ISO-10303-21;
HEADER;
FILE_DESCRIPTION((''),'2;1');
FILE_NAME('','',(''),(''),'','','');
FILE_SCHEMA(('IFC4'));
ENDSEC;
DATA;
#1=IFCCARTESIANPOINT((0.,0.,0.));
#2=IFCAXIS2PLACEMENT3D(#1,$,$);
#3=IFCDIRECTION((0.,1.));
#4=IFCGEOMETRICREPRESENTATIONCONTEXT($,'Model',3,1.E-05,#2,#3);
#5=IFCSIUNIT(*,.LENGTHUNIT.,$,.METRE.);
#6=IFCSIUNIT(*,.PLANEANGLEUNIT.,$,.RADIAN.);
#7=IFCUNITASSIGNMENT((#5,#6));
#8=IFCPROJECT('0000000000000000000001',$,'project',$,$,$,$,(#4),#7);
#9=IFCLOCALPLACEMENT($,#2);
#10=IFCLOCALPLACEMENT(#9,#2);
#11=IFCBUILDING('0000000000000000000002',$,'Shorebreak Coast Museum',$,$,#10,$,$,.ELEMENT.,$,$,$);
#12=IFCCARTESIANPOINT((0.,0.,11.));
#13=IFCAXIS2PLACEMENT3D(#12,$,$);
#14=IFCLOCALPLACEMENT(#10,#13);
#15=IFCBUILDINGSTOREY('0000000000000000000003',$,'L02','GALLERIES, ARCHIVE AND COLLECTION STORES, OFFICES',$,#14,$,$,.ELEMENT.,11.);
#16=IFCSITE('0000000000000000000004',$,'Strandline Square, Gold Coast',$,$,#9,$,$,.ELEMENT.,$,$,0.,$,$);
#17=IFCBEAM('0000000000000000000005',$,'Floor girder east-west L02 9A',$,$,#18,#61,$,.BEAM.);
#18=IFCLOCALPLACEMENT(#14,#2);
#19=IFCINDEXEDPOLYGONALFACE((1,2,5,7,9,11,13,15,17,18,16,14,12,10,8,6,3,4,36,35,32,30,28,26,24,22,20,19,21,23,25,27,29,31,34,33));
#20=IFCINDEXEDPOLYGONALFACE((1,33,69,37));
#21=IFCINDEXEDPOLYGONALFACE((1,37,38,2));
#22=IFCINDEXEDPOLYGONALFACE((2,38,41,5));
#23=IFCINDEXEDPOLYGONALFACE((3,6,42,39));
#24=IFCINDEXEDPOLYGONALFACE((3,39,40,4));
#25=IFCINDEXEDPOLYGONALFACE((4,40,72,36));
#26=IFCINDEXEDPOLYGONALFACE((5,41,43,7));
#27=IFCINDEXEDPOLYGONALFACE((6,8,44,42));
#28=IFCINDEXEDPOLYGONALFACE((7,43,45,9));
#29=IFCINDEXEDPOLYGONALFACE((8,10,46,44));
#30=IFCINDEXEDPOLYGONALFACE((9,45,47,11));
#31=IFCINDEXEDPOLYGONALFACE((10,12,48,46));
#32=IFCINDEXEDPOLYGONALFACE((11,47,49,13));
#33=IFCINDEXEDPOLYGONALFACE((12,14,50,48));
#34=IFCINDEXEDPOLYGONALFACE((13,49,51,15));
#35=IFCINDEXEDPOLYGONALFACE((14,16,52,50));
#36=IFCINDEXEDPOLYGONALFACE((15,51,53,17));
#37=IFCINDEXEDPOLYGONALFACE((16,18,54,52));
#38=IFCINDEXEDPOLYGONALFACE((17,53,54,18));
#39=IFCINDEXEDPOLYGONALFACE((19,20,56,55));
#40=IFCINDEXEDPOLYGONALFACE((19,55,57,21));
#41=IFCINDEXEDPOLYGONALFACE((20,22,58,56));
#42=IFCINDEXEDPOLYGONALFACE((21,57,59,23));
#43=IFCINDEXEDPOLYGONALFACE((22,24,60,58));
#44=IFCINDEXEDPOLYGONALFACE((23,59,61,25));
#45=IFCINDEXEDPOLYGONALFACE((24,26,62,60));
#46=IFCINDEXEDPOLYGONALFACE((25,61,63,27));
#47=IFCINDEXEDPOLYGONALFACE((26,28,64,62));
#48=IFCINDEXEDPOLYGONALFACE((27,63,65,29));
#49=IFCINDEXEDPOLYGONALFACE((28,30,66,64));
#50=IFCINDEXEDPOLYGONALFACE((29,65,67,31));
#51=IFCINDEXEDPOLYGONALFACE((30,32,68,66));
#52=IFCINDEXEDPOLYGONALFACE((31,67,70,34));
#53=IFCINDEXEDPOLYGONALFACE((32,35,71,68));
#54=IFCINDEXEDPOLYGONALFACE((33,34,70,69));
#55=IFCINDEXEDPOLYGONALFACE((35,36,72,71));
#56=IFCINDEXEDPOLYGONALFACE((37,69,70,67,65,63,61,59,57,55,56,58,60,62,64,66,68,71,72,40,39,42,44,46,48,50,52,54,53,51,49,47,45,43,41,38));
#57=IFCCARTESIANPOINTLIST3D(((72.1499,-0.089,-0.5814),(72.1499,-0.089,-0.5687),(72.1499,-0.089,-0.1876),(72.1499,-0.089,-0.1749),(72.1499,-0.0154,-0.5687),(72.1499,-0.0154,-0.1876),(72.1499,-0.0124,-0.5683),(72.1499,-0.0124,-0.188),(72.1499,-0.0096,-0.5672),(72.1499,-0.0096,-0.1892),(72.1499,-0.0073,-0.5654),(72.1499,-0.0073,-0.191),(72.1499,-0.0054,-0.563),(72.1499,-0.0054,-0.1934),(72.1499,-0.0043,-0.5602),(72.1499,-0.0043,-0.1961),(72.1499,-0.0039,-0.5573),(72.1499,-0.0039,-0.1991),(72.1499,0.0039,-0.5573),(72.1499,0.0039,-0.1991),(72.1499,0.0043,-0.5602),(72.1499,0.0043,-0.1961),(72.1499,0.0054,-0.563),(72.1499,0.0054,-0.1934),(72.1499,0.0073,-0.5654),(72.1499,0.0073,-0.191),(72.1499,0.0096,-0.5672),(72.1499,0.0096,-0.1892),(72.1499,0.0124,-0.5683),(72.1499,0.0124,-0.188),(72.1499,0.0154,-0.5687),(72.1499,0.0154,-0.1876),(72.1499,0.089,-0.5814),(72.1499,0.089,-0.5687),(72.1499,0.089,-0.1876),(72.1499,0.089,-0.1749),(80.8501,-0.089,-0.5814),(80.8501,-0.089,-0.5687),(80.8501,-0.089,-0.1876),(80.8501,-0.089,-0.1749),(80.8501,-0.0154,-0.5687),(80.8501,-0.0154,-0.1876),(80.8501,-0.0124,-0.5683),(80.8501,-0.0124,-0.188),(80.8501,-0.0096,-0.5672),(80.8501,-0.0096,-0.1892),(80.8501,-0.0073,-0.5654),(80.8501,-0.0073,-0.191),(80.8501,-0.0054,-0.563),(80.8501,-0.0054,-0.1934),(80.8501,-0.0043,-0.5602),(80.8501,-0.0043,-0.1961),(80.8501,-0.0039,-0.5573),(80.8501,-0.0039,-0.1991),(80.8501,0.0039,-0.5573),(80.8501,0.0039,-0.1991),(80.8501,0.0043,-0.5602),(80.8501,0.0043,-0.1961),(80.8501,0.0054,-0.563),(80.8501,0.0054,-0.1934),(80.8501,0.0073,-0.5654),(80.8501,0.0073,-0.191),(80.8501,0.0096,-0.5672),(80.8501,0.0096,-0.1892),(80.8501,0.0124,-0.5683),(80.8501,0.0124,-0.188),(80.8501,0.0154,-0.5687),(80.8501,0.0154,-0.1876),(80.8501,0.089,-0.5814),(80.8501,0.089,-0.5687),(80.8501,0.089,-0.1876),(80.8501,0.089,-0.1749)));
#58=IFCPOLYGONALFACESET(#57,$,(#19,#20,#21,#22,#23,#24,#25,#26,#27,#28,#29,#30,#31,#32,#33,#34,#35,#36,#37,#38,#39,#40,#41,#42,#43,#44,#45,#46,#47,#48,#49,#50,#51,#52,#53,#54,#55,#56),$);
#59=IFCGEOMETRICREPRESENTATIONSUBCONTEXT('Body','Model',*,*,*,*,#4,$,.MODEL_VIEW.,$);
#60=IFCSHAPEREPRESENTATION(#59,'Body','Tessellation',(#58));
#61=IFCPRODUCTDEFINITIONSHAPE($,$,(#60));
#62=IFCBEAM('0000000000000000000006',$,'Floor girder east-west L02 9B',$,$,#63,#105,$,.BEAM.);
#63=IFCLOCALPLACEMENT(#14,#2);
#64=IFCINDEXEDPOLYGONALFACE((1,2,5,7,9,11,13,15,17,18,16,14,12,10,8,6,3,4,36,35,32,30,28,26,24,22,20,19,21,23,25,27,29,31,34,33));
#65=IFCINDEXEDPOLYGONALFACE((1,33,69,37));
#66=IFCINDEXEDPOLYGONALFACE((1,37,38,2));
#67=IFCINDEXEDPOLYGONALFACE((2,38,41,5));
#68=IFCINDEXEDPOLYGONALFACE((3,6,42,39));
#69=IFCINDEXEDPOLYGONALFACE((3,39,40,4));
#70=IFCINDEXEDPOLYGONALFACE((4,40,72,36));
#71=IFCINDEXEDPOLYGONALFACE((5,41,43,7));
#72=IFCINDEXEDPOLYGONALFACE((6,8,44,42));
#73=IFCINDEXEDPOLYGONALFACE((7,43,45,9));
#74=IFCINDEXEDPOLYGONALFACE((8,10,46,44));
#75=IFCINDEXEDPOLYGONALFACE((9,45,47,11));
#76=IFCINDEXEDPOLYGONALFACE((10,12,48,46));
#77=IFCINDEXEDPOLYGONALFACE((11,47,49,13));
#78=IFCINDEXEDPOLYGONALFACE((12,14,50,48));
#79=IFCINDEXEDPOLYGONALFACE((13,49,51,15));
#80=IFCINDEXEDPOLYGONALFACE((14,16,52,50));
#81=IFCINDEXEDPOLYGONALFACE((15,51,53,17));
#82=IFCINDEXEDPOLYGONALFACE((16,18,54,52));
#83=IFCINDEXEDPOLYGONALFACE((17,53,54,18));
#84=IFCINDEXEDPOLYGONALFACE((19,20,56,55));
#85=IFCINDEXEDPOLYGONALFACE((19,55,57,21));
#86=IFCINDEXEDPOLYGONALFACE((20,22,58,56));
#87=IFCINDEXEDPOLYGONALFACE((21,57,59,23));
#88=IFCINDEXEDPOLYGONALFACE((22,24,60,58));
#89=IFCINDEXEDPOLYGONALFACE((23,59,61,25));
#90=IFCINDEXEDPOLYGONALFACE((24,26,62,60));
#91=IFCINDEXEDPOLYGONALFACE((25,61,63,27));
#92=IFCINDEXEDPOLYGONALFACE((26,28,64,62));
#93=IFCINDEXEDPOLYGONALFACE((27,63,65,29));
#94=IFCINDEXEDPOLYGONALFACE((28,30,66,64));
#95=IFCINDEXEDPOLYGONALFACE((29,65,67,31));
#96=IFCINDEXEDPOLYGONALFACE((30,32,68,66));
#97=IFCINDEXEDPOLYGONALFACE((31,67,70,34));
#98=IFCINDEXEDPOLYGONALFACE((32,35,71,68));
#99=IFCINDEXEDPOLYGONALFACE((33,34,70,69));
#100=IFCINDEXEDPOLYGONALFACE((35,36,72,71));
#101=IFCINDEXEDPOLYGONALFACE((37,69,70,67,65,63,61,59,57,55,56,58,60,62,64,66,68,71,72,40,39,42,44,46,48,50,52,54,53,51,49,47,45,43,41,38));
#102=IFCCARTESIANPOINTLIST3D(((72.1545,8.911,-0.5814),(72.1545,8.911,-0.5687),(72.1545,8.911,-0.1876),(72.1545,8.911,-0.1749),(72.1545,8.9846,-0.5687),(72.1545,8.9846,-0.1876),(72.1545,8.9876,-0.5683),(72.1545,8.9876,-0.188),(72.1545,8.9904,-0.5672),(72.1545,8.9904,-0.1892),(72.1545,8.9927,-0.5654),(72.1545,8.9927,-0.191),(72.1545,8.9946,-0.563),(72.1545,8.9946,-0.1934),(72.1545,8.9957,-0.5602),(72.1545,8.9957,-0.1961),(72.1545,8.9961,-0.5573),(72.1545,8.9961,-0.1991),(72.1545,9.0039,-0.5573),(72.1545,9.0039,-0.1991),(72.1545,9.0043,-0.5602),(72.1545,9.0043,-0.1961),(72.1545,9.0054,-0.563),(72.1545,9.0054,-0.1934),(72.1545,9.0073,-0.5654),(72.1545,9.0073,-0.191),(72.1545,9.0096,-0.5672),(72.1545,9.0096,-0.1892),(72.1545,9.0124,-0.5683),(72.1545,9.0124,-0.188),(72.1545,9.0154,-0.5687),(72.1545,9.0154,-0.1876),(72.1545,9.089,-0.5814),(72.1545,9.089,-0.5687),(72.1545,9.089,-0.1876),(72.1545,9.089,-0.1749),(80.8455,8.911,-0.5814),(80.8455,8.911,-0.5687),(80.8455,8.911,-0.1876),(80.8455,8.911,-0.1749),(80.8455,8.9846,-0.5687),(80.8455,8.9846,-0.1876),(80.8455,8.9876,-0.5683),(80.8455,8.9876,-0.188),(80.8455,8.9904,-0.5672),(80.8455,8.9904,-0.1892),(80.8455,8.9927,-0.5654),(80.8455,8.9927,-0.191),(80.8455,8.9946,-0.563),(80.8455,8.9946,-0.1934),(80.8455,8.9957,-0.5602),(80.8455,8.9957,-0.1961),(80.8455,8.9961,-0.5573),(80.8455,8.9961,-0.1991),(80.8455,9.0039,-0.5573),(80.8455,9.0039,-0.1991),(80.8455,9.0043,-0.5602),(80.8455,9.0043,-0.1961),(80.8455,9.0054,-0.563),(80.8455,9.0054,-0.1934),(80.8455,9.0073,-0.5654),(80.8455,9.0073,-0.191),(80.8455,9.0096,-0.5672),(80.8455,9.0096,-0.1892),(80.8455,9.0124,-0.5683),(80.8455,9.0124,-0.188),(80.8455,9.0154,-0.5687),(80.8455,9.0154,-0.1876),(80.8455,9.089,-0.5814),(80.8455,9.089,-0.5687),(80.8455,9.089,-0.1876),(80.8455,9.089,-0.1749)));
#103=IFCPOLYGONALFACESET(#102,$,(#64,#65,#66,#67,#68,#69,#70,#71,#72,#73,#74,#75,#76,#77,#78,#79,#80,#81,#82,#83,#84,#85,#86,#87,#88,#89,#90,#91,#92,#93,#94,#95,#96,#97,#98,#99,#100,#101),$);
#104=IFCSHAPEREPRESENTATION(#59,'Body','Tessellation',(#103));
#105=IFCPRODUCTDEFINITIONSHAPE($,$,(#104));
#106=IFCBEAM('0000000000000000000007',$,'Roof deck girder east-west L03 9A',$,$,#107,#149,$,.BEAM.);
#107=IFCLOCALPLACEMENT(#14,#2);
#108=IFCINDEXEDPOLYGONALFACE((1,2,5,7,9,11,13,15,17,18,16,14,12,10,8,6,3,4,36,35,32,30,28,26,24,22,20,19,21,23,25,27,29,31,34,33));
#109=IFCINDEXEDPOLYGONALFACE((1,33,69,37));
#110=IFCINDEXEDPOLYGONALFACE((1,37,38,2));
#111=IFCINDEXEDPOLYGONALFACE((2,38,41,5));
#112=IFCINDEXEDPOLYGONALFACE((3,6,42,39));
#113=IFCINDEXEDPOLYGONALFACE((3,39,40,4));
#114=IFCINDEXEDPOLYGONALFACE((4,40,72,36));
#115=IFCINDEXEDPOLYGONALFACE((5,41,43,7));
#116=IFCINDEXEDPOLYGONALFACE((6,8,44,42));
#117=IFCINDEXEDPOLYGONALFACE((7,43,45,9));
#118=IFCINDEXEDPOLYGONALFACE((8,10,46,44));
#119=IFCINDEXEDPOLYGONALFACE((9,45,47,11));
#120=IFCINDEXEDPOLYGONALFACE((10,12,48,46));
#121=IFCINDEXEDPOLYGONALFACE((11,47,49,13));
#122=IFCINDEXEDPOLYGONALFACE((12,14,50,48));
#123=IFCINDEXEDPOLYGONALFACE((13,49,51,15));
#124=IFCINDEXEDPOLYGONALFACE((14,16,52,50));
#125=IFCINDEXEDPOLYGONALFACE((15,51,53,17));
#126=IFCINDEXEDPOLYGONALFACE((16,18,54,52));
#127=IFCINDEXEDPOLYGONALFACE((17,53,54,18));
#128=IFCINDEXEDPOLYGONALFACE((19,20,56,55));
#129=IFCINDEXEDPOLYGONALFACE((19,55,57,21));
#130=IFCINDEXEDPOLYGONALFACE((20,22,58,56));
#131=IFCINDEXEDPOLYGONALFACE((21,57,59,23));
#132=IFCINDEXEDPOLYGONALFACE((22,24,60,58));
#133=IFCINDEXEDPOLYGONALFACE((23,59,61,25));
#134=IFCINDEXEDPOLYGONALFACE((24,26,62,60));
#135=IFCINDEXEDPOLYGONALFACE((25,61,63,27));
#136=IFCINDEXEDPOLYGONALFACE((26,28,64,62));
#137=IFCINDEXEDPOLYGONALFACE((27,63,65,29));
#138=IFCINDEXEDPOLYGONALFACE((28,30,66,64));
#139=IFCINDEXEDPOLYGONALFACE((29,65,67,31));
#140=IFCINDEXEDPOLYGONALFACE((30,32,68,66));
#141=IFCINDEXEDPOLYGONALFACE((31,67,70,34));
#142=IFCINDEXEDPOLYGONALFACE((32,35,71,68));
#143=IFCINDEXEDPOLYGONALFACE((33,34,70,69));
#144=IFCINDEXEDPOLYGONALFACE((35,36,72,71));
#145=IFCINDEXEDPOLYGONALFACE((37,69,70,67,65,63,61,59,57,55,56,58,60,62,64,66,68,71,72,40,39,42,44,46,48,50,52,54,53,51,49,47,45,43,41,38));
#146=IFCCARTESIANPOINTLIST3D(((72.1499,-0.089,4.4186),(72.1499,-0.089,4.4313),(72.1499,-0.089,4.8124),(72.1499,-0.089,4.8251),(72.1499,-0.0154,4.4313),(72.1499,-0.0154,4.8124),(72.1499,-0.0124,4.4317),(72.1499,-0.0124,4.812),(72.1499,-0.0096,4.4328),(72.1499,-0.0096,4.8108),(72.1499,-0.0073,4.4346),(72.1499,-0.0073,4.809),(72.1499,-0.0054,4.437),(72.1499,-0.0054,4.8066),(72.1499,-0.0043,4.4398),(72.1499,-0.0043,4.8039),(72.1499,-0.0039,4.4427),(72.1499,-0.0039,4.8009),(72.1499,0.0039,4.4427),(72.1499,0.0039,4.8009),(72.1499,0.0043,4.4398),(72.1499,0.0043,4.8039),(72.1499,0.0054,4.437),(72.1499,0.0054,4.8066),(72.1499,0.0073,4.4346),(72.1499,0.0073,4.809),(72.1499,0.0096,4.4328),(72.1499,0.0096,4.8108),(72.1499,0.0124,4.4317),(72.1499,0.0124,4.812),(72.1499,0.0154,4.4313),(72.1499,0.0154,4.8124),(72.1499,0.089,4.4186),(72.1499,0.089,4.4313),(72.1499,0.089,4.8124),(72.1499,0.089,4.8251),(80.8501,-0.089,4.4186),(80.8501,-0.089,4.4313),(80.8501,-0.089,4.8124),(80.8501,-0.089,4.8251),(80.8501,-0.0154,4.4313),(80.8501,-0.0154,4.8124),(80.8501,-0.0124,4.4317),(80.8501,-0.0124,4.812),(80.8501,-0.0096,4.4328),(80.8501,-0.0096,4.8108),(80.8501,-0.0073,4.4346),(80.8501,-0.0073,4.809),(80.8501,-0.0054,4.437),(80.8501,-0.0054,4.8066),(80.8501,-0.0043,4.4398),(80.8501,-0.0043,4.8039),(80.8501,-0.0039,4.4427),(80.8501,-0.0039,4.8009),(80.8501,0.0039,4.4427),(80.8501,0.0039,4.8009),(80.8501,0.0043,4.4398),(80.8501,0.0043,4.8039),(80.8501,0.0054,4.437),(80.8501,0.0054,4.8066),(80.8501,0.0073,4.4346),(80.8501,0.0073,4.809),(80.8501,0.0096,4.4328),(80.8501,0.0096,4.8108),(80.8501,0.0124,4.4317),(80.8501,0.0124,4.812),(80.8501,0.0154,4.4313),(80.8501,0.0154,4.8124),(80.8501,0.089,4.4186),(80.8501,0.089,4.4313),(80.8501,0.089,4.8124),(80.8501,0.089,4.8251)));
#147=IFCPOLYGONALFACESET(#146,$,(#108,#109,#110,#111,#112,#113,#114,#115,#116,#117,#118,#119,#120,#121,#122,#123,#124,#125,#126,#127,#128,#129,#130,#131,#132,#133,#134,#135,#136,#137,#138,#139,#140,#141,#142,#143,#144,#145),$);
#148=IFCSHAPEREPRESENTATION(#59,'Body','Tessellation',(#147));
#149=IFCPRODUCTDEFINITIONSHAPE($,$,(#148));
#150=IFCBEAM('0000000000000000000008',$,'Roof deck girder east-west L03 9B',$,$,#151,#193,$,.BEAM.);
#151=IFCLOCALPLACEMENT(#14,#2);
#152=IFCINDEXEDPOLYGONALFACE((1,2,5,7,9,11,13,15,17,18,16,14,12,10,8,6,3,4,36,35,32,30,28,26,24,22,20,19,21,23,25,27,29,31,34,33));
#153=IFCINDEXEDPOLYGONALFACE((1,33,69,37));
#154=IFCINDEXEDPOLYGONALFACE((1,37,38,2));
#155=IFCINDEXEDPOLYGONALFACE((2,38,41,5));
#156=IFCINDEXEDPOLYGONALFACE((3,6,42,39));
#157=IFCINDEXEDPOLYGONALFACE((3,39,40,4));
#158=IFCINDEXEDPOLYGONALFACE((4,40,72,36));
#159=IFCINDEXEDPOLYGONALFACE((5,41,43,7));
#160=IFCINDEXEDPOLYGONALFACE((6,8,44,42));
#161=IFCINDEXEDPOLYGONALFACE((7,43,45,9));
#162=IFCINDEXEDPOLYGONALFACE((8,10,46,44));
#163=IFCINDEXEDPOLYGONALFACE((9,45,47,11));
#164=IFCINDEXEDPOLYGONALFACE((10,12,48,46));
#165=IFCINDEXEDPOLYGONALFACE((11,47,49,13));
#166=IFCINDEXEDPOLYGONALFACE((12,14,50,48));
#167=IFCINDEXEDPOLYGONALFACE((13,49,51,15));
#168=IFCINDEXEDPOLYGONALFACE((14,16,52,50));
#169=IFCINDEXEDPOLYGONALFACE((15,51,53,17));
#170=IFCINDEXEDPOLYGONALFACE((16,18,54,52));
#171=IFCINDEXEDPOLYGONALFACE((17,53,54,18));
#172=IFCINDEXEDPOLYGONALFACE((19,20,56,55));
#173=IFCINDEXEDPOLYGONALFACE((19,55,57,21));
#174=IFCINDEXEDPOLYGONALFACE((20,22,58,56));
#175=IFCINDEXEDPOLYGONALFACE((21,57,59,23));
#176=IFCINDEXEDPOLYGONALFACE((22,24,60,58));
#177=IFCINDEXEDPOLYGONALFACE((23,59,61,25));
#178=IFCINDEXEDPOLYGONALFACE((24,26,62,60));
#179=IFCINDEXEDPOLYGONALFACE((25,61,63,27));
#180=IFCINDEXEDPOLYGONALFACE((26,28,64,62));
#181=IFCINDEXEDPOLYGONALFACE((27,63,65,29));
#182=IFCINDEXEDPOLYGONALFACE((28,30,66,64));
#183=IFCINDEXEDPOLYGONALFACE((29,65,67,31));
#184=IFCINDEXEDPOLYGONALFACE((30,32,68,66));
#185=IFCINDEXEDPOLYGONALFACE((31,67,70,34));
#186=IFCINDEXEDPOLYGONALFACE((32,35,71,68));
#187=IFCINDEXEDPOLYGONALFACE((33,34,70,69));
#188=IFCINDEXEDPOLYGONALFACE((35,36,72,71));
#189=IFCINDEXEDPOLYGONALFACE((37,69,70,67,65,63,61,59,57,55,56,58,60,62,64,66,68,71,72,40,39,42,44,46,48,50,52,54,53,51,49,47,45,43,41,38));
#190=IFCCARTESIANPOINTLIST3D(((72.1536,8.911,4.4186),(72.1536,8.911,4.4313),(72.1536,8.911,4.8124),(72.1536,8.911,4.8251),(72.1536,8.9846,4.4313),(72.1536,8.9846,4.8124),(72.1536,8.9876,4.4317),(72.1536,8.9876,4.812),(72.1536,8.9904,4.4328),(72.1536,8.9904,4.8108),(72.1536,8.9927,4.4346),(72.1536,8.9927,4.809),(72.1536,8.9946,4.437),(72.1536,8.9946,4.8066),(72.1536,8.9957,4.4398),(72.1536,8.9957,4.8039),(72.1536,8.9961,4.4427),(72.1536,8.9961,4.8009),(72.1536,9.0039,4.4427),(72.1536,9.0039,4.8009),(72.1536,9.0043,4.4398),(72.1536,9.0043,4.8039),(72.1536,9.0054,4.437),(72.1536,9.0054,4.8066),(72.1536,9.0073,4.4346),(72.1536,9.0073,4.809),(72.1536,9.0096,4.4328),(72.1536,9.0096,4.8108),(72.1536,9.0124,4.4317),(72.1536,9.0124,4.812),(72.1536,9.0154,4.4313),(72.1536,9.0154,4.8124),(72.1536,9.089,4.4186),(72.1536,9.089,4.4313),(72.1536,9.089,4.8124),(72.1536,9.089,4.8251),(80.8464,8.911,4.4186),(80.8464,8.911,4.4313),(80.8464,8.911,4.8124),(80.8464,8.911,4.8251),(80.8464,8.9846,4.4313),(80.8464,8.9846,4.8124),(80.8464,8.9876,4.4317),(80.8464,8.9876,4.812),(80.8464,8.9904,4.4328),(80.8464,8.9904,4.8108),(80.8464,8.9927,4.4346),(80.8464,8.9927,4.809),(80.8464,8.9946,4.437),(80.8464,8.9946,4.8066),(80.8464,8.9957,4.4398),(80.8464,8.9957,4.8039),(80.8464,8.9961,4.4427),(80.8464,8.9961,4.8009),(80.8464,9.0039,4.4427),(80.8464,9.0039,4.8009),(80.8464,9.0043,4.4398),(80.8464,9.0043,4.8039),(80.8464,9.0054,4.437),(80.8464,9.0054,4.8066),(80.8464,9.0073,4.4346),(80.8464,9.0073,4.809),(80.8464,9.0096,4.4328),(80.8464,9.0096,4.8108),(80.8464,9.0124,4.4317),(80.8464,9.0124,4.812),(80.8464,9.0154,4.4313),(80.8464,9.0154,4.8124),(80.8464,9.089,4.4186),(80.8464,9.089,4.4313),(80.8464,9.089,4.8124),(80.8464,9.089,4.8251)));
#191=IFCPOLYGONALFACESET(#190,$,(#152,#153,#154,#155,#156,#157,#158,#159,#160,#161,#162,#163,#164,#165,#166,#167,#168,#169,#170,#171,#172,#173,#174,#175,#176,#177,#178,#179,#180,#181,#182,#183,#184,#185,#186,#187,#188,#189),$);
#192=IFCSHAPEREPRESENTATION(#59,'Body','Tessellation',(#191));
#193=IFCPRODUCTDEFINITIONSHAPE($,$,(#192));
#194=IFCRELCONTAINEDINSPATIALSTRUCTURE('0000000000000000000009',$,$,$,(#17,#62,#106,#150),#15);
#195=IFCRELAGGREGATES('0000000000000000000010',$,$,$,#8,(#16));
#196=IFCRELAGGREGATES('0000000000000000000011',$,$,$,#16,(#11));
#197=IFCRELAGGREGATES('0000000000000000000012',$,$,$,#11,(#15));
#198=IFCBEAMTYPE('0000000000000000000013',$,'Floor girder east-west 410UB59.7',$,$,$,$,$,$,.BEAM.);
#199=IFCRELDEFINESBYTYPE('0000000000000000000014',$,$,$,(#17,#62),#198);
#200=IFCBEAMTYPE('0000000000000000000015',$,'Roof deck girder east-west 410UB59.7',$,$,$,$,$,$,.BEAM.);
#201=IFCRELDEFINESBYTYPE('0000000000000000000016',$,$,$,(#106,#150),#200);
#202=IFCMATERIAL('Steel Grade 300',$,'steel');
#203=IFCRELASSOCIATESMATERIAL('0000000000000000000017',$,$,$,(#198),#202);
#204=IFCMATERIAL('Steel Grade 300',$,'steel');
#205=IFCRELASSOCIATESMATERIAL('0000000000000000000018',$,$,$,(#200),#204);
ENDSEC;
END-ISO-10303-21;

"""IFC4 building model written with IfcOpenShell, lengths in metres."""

from ifc_helpers import new_model, si_unit, direction, frame, origin, origin_2d, place, context, subcontext, project, spatial, i_section, extrude, material, material_profile, profile_set, type_object, element, save


model = new_model("IFC4")

# Units and contexts
model_context = context("Model", 3, precision=1e-05, world=origin(), true_north=direction((0.0, 1.0)))
body_context = subcontext(model_context, "Body", "Model", "MODEL_VIEW")
ifc_project = project(units=[si_unit("LENGTHUNIT", "METRE"), si_unit("PLANEANGLEUNIT", "RADIAN")], contexts=[model_context])

# Site, building, storey
site_placement = place(None, origin())
site = spatial("IfcSite", under=ifc_project, at=site_placement, Name="Strandline Square, Gold Coast", CompositionType="ELEMENT", RefElevation=0.0)
building_placement = place(site_placement, origin())
building = spatial("IfcBuilding", under=site, at=building_placement, Name="Shorebreak Coast Museum", CompositionType="ELEMENT")
storey_placement = place(building_placement, frame((0.0, 0.0, 11.0)))
storey = spatial("IfcBuildingStorey", under=building, at=storey_placement, Name="L02", Description="GALLERIES, ARCHIVE AND COLLECTION STORES, OFFICES", CompositionType="ELEMENT", Elevation=11.0)

# Beams
ifc_material_1 = material(Name="Steel Grade 300", Category="steel")
ifc_material_profile_1 = material_profile(ifc_material_1, i_section(OverallWidth=0.178, OverallDepth=0.4065, WebThickness=0.0078, FlangeThickness=0.0127, FilletRadius=0.0115, at=origin_2d()), Name="410UB59.7")
ifc_profile_set_1 = profile_set([ifc_material_profile_1], Name="Steel Grade 300")
beam_type_1 = type_object("IfcBeamType", Name="Floor girder east-west 410UB59.7", PredefinedType="BEAM", material=ifc_profile_set_1)
beam_1_placement = place(storey_placement, frame((72.1499, 0.0, -0.3782), z_axis=(1.0, 0.0, 0.0), x_axis=(0.0, 1.0, 0.0)))
element("IfcBeam", 1, at=beam_1_placement, inside=storey, type_object=beam_type_1, Name="Floor girder east-west L02 9A", PredefinedType="BEAM", context=body_context, shape_type="SweptSolid", body=[
    extrude(i_section(OverallWidth=0.178, OverallDepth=0.4065, WebThickness=0.0078, FlangeThickness=0.0127, FilletRadius=0.0115, at=origin_2d()), origin(), (0.0, 0.0, 1.0), 8.7002),
])
beam_2_placement = place(storey_placement, frame((72.1545, 9.0, -0.3782), z_axis=(1.0, 0.0, 0.0), x_axis=(0.0, 1.0, 0.0)))
element("IfcBeam", 2, at=beam_2_placement, inside=storey, type_object=beam_type_1, Name="Floor girder east-west L02 9B", PredefinedType="BEAM", context=body_context, shape_type="SweptSolid", body=[
    extrude(i_section(OverallWidth=0.178, OverallDepth=0.4065, WebThickness=0.0078, FlangeThickness=0.0127, FilletRadius=0.0115, at=origin_2d()), origin(), (0.0, 0.0, 1.0), 8.6909),
])
ifc_material_2 = material(Name="Steel Grade 300", Category="steel")
ifc_material_profile_2 = material_profile(ifc_material_2, i_section(OverallWidth=0.178, OverallDepth=0.4065, WebThickness=0.0078, FlangeThickness=0.0127, FilletRadius=0.0115, at=origin_2d()), Name="410UB59.7")
ifc_profile_set_2 = profile_set([ifc_material_profile_2], Name="Steel Grade 300")
beam_type_2 = type_object("IfcBeamType", Name="Roof deck girder east-west 410UB59.7", PredefinedType="BEAM", material=ifc_profile_set_2)
beam_3_placement = place(storey_placement, frame((72.1499, 0.0, 4.6218), z_axis=(1.0, 0.0, 0.0), x_axis=(0.0, 1.0, 0.0)))
element("IfcBeam", 3, at=beam_3_placement, inside=storey, type_object=beam_type_2, Name="Roof deck girder east-west L03 9A", PredefinedType="BEAM", context=body_context, shape_type="SweptSolid", body=[
    extrude(i_section(OverallWidth=0.178, OverallDepth=0.4065, WebThickness=0.0078, FlangeThickness=0.0127, FilletRadius=0.0115, at=origin_2d()), origin(), (0.0, 0.0, 1.0), 8.7002),
])
beam_4_placement = place(storey_placement, frame((72.1536, 9.0, 4.6218), z_axis=(1.0, 0.0, 0.0), x_axis=(0.0, 1.0, 0.0)))
element("IfcBeam", 4, at=beam_4_placement, inside=storey, type_object=beam_type_2, Name="Roof deck girder east-west L03 9B", PredefinedType="BEAM", context=body_context, shape_type="SweptSolid", body=[
    extrude(i_section(OverallWidth=0.178, OverallDepth=0.4065, WebThickness=0.0078, FlangeThickness=0.0127, FilletRadius=0.0115, at=origin_2d()), origin(), (0.0, 0.0, 1.0), 8.6929),
])

save(model, "model.ifc")
